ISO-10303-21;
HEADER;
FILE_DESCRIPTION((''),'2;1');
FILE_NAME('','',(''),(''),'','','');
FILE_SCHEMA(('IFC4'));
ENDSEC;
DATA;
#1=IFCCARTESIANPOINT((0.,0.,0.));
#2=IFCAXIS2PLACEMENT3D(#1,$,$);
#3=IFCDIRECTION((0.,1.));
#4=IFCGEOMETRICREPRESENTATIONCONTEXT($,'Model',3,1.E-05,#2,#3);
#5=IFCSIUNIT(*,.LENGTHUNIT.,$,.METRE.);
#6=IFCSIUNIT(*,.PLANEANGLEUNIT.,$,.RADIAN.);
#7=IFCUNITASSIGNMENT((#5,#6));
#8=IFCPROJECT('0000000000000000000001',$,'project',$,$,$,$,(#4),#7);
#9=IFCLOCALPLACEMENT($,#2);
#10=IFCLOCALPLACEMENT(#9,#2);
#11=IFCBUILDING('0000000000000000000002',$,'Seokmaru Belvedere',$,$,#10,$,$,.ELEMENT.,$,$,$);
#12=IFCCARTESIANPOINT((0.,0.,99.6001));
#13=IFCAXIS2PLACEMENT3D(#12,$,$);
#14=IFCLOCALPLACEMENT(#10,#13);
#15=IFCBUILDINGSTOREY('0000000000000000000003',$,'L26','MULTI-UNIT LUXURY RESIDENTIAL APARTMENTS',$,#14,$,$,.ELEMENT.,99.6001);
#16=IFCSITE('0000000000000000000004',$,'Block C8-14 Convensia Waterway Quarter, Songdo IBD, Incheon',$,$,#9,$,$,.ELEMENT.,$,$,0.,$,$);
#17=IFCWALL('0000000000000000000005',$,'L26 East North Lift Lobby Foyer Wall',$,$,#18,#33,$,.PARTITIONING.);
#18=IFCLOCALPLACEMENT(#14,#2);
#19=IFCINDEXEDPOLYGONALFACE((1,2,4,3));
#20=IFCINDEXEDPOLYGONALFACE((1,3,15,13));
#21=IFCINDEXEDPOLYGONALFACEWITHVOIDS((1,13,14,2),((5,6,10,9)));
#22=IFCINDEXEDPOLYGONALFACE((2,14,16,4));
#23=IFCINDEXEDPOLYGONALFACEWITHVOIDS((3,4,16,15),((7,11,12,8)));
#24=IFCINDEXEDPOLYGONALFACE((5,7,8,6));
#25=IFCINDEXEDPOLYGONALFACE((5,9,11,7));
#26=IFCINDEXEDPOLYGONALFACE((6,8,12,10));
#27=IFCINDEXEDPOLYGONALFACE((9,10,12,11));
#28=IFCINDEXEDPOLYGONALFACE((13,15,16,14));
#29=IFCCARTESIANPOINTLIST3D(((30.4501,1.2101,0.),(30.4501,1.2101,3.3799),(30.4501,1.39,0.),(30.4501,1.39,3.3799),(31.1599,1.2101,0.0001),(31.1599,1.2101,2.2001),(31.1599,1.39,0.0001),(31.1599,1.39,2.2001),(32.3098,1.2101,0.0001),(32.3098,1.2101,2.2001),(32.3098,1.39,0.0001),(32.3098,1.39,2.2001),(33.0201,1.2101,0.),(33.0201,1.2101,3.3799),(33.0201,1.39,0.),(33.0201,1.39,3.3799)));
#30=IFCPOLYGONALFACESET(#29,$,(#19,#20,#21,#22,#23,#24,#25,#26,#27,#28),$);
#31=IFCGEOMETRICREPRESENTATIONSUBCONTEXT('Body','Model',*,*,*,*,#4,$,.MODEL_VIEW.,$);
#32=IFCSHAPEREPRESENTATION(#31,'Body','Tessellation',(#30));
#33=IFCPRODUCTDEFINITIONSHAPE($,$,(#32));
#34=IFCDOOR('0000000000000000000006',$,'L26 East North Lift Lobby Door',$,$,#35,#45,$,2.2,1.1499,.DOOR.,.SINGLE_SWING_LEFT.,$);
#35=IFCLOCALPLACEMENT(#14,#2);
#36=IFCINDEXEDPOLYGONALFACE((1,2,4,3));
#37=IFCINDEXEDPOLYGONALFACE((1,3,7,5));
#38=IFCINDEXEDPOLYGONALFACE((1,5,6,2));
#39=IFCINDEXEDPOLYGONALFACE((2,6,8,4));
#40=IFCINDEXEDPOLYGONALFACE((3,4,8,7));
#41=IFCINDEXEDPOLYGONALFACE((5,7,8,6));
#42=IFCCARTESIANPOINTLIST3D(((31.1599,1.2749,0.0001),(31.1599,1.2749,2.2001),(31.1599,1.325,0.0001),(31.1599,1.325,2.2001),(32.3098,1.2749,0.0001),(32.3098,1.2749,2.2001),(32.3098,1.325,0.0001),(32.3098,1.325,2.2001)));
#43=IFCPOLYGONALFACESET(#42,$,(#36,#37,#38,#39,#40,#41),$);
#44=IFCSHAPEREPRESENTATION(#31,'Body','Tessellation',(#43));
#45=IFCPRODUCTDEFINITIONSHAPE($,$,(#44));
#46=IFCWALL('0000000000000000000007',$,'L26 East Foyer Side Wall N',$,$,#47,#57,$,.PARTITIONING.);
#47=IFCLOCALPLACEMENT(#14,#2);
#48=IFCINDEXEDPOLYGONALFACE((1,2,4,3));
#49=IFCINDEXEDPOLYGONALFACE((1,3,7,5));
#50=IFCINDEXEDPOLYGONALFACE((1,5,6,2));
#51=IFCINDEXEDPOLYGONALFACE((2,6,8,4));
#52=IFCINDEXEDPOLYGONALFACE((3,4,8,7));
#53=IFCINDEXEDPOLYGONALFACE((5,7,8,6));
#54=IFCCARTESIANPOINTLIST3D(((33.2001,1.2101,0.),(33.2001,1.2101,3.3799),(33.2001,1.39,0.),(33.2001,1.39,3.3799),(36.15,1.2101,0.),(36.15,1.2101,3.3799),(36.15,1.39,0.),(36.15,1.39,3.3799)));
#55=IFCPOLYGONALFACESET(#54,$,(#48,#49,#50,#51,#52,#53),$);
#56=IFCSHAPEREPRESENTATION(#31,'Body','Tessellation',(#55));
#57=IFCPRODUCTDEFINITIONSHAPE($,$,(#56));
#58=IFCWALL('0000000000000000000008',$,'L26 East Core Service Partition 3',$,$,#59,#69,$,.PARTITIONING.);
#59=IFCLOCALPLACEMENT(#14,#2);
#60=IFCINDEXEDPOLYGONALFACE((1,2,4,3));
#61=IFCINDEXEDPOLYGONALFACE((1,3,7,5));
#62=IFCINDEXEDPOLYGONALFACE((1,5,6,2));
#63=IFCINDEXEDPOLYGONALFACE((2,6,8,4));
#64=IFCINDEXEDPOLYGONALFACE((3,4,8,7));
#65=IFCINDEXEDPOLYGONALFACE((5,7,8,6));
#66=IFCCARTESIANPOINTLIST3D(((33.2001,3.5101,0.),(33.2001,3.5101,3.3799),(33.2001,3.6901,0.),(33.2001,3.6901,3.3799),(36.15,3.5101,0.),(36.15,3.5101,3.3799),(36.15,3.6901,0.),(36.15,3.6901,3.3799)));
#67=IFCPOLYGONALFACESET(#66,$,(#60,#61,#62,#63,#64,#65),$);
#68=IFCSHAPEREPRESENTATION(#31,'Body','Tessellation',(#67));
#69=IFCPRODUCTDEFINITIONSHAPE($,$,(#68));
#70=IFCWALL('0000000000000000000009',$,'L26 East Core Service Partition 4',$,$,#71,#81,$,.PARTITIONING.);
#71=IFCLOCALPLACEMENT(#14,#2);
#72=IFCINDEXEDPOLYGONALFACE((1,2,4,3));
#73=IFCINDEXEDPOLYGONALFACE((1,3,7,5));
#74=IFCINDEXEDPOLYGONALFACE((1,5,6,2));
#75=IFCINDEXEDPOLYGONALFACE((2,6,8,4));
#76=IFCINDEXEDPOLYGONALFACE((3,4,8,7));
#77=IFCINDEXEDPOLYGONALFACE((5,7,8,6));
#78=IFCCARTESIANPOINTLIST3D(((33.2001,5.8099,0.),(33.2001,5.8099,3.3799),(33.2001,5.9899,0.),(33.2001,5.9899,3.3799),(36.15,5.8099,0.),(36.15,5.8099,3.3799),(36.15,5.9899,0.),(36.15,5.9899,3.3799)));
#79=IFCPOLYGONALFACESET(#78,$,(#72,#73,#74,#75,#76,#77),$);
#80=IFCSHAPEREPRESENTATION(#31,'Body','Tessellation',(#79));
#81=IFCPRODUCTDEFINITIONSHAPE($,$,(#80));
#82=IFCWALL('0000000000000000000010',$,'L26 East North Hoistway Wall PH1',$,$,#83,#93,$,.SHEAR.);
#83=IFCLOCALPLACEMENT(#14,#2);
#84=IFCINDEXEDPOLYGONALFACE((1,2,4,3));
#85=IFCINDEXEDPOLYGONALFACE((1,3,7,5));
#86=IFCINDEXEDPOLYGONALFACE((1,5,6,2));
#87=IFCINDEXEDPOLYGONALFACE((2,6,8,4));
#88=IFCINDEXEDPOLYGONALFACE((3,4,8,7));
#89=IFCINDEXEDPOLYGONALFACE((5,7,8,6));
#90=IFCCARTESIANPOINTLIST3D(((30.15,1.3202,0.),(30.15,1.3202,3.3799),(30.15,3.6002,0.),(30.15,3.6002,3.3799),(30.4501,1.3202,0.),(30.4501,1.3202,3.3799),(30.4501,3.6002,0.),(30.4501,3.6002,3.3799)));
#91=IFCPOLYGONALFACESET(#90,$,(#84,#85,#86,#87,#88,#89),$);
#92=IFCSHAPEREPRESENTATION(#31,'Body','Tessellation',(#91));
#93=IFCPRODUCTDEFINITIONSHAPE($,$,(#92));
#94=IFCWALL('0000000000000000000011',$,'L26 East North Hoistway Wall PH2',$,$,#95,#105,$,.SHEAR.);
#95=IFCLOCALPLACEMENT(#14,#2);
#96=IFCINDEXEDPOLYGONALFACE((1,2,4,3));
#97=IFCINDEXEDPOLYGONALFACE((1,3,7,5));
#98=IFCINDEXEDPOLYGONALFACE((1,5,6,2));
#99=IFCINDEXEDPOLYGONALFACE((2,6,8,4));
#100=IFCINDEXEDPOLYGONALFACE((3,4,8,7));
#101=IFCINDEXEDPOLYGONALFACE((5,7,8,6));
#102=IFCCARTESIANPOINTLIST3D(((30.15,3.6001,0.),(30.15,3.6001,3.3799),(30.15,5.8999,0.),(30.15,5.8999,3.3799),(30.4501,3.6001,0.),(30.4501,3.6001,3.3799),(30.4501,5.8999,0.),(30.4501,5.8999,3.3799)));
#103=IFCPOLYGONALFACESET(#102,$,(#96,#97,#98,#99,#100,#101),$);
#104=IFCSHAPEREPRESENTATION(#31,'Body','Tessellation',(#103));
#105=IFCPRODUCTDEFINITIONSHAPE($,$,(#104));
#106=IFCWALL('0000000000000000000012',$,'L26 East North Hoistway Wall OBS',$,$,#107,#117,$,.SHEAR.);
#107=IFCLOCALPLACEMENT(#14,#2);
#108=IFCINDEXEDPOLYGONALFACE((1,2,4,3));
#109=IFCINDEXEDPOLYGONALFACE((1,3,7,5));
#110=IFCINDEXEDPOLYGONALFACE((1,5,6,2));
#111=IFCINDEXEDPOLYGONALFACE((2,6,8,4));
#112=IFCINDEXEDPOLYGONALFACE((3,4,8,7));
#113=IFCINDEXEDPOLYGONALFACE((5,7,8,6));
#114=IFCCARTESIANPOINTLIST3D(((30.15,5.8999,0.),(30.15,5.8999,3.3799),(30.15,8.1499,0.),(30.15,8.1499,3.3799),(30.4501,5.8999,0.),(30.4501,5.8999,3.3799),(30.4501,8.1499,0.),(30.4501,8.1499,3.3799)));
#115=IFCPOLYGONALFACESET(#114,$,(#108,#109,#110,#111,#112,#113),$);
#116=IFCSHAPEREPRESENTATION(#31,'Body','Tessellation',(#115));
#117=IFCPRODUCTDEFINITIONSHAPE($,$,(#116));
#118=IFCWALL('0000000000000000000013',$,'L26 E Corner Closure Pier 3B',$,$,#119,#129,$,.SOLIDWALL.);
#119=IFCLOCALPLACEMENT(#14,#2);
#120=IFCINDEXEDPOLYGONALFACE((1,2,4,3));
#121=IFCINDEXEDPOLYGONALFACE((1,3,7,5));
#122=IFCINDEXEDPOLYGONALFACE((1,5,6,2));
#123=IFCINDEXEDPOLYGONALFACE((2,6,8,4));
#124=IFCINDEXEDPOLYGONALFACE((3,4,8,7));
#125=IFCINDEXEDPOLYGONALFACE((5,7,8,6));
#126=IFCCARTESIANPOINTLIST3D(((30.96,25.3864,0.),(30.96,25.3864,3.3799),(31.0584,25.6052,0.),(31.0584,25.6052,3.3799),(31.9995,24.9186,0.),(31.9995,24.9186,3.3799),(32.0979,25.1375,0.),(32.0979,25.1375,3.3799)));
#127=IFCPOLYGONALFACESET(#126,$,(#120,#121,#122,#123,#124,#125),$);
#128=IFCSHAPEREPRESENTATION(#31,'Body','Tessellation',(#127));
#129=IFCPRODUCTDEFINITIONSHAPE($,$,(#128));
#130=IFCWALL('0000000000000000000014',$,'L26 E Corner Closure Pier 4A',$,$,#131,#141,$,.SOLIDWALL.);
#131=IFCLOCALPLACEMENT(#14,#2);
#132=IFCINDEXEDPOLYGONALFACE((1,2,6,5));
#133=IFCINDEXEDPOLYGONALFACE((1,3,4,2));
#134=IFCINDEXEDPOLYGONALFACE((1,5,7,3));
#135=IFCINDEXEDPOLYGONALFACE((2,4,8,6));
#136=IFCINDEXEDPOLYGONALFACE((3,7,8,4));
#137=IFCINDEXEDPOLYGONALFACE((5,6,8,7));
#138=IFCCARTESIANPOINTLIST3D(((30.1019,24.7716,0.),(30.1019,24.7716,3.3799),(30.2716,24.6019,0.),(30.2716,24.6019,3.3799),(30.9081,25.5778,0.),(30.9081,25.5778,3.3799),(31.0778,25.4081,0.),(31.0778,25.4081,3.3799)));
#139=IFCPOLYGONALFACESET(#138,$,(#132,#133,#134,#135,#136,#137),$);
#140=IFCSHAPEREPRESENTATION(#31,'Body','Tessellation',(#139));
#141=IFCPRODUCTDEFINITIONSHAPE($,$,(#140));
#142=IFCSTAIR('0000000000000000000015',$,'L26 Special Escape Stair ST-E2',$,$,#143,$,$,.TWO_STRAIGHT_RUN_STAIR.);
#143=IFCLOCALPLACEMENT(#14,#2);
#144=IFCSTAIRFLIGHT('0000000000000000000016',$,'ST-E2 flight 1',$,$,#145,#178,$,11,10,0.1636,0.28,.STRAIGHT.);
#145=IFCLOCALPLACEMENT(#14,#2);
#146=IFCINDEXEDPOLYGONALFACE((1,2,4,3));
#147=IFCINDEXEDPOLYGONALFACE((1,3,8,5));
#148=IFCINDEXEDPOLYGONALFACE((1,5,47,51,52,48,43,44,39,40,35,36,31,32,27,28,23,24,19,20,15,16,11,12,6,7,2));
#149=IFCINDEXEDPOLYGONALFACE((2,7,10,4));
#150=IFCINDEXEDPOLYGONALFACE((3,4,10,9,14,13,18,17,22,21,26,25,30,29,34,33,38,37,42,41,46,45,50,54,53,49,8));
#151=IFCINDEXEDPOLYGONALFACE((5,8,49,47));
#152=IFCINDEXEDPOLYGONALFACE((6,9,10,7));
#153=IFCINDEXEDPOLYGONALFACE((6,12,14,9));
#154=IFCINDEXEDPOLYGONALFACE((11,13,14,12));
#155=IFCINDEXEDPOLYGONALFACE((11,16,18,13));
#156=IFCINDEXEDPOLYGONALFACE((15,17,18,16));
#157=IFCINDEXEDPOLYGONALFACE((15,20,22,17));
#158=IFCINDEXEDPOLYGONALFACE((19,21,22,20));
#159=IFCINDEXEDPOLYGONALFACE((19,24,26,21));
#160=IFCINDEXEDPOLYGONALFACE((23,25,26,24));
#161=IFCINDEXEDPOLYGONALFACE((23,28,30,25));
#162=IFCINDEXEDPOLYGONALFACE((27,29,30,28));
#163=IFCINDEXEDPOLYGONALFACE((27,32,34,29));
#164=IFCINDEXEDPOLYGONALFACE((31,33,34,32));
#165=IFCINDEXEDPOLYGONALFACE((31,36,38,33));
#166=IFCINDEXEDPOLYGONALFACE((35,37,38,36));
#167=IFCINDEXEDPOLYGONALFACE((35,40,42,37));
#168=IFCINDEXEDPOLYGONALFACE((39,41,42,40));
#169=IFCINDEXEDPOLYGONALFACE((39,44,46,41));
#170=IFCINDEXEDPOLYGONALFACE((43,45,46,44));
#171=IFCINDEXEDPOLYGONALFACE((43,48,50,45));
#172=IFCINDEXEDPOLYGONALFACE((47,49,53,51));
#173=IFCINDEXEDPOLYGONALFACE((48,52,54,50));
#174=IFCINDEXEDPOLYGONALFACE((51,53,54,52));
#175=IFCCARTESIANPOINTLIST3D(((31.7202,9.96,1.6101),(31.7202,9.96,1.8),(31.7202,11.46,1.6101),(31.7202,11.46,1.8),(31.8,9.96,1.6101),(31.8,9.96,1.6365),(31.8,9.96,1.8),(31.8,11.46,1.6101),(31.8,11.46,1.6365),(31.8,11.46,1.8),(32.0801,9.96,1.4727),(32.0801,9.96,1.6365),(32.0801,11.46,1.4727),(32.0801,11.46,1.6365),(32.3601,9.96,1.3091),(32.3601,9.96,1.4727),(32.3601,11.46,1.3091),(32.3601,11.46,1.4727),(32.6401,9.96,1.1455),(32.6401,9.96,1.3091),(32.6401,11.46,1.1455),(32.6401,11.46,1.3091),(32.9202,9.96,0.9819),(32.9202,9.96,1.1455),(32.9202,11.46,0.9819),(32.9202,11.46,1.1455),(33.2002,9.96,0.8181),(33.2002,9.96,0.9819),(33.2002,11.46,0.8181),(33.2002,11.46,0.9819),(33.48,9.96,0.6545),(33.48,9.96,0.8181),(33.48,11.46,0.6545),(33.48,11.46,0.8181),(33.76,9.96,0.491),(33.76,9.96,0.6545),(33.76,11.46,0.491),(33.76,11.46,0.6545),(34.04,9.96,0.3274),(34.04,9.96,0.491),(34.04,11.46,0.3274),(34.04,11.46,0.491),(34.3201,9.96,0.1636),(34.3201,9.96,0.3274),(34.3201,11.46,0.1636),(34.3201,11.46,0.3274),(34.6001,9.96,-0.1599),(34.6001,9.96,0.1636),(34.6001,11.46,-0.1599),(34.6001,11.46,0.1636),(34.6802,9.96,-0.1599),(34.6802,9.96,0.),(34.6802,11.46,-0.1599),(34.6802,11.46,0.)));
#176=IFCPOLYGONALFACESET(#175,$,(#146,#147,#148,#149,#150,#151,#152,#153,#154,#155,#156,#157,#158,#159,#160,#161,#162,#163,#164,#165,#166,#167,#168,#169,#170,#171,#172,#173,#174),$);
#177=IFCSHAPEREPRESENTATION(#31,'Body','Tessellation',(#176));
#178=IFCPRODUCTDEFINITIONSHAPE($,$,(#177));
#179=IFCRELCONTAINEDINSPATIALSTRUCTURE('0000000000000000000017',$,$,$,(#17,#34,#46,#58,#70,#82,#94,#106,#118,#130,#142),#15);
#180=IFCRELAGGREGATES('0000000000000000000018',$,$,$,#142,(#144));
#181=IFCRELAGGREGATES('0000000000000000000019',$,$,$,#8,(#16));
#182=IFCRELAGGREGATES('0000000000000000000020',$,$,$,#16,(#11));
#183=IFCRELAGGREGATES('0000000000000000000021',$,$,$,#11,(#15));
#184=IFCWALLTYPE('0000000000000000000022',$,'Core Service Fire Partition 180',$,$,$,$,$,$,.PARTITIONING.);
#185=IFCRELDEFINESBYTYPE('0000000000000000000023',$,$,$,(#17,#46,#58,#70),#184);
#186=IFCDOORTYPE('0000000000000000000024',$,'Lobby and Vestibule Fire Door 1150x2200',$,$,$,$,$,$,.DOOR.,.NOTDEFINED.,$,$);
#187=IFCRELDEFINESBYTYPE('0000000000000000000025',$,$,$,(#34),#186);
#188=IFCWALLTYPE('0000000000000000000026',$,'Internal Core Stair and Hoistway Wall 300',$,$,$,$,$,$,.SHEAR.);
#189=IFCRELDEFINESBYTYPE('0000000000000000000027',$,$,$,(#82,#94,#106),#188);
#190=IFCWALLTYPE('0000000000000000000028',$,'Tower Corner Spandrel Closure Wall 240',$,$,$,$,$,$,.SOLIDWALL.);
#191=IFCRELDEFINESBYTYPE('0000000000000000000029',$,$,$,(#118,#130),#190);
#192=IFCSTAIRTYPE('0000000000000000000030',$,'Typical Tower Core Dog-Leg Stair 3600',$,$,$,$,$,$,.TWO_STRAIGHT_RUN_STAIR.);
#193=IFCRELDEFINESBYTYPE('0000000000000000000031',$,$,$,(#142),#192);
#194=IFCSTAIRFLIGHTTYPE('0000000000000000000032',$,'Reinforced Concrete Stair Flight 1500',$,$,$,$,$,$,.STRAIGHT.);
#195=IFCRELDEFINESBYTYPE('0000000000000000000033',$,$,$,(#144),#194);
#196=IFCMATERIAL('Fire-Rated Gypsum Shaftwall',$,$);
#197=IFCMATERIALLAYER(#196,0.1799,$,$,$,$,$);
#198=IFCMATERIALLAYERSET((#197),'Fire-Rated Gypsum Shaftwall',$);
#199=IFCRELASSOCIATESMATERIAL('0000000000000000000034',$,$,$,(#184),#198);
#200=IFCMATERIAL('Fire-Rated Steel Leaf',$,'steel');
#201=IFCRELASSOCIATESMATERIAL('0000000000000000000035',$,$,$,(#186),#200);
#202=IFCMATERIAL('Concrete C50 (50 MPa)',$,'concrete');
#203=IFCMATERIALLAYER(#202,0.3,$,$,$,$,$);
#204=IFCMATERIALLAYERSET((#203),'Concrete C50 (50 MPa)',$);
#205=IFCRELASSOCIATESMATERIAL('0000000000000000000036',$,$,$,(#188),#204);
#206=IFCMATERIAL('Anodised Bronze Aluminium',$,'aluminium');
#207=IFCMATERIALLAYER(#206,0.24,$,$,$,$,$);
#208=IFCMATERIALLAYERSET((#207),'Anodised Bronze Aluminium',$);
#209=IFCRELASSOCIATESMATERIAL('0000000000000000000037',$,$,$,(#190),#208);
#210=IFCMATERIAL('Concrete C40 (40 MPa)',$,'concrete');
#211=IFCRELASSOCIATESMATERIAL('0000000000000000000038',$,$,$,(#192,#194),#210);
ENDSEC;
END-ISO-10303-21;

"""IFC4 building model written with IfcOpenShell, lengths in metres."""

from ifc_helpers import new_model, si_unit, direction, frame, frame_2d, origin, place, context, subcontext, project, spatial, polyline, rectangle, outline, extrude, source, transform, mapped, material, layer, layer_set, type_object, type_shapes, element, fill, aggregate, save


model = new_model("IFC4")

# Units and contexts
model_context = context("Model", 3, precision=1e-05, world=origin(), true_north=direction((0.0, 1.0)))
body_context = subcontext(model_context, "Body", "Model", "MODEL_VIEW")
ifc_project = project(units=[si_unit("LENGTHUNIT", "METRE"), si_unit("PLANEANGLEUNIT", "RADIAN")], contexts=[model_context])

# Site, building, storey
site_placement = place(None, origin())
site = spatial("IfcSite", under=ifc_project, at=site_placement, Name="Block C8-14 Convensia Waterway Quarter, Songdo IBD, Incheon", CompositionType="ELEMENT", RefElevation=0.0)
building_placement = place(site_placement, origin())
building = spatial("IfcBuilding", under=site, at=building_placement, Name="Seokmaru Belvedere", CompositionType="ELEMENT")
storey_placement = place(building_placement, frame((0.0, 0.0, 99.6001)))
storey = spatial("IfcBuildingStorey", under=building, at=storey_placement, Name="L26", Description="MULTI-UNIT LUXURY RESIDENTIAL APARTMENTS", CompositionType="ELEMENT", Elevation=99.6001)

# Shared definitions
ifc_material_1 = material(Name="Anodised Bronze Aluminium", Category="aluminium")

# Shared definitions
ifc_material_2 = material(Name="Fire-Rated Gypsum Shaftwall")
ifc_layer_1 = layer(ifc_material_2, 0.1799)
ifc_layer_set_1 = layer_set([ifc_layer_1], Name="Fire-Rated Gypsum Shaftwall")
wall_type_1 = type_object("IfcWallType", Name="Core Service Fire Partition 180", PredefinedType="PARTITIONING", material=ifc_layer_set_1)

# Wall, opening, door
wall_1_placement = place(storey_placement, frame((30.45, 1.3, 0.0), z_axis=(0.0, 0.0, 1.0), x_axis=(1.0, 0.0, 0.0)))
wall_1 = element("IfcWall", 1, at=wall_1_placement, inside=storey, type_object=wall_type_1, Name="L26 East North Lift Lobby Foyer Wall", PredefinedType="PARTITIONING", context=body_context, shape_type="SweptSolid", body=[
    extrude(rectangle(XDim=2.5701, YDim=0.1799, at=frame_2d((1.2852, 0.0))), origin(), (0.0, 0.0, 1.0), 3.3799),
])
opening_1_placement = place(wall_1_placement, frame((0.71, 0.0, 0.0)))
opening_1 = element("IfcOpeningElement", 2, at=opening_1_placement, cuts=wall_1, PredefinedType="OPENING", context=body_context, shape_type="SweptSolid", body=[
    extrude(rectangle(XDim=1.1499, YDim=2.2, at=frame_2d((0.575, 1.1001))), frame((0.0, 0.1001, 0.0), z_axis=(0.0, -1.0, 0.0), x_axis=(1.0, 0.0, 0.0)), (0.0, 0.0, 1.0), 0.2),
])
ifc_material_3 = material(Name="Fire-Rated Steel Leaf", Category="steel")
door_type_1 = type_object("IfcDoorType", Name="Lobby and Vestibule Fire Door 1150x2200", OperationType="NOTDEFINED", PredefinedType="DOOR", material=ifc_material_3)
shared_shape_1 = source(origin(), body_context, "Body", "SweptSolid", [
    extrude(rectangle(XDim=1.1499, YDim=2.2, at=frame_2d((0.575, 1.1001))), frame((0.0, 0.0249, 0.0), z_axis=(0.0, -1.0, 0.0), x_axis=(1.0, 0.0, 0.0)), (0.0, 0.0, 1.0), 0.05),
])
type_shapes(door_type_1, [shared_shape_1])
door_1_placement = place(opening_1_placement, origin())
door_1 = element("IfcDoor", 3, at=door_1_placement, inside=storey, type_object=door_type_1, Name="L26 East North Lift Lobby Door", OperationType="SINGLE_SWING_LEFT", OverallHeight=2.2, OverallWidth=1.1499, PredefinedType="DOOR", context=body_context, shape_type="MappedRepresentation", body=[
    mapped(shared_shape_1, transform((0.0, 0.0, 0.0), scale=1.0)),
])
fill(opening_1, door_1)

# Walls
for number, where, z_axis, x_axis, name in (
    (4, (33.2, 1.3, 0.0), (0.0, 0.0, 1.0), (1.0, 0.0, 0.0), "L26 East Foyer Side Wall N"),
    (5, (33.2, 3.6001, 0.0), (0.0, 0.0, 1.0), (1.0, 0.0, 0.0), "L26 East Core Service Partition 3"),
    (6, (33.2, 5.8999, 0.0), (0.0, 0.0, 1.0), (1.0, 0.0, 0.0), "L26 East Core Service Partition 4"),
):
    element("IfcWall", number, at=place(storey_placement, frame(where, z_axis=z_axis, x_axis=x_axis)), inside=storey, type_object=wall_type_1, Name=name, PredefinedType="PARTITIONING", context=body_context, shape_type="SweptSolid", body=[
        extrude(rectangle(XDim=2.95, YDim=0.1799, at=frame_2d((1.4751, 0.0))), origin(), (0.0, 0.0, 1.0), 3.3799),
    ])
ifc_material_4 = material(Name="Concrete C50 (50 MPa)", Category="concrete")
ifc_layer_2 = layer(ifc_material_4, 0.3)
ifc_layer_set_2 = layer_set([ifc_layer_2], Name="Concrete C50 (50 MPa)")
wall_type_2 = type_object("IfcWallType", Name="Internal Core Stair and Hoistway Wall 300", PredefinedType="SHEAR", material=ifc_layer_set_2)
wall_2_placement = place(storey_placement, frame((30.3, 1.3201, 0.0), z_axis=(0.0, 0.0, 1.0), x_axis=(0.0, 1.0, 0.0)))
element("IfcWall", 7, at=wall_2_placement, inside=storey, type_object=wall_type_2, Name="L26 East North Hoistway Wall PH1", PredefinedType="SHEAR", context=body_context, shape_type="SweptSolid", body=[
    extrude(rectangle(XDim=2.28, YDim=0.3, at=frame_2d((1.1401, 0.0))), origin(), (0.0, 0.0, 1.0), 3.3799),
])
wall_3_placement = place(storey_placement, frame((30.3, 3.6001, 0.0), z_axis=(0.0, 0.0, 1.0), x_axis=(0.0, 1.0, 0.0)))
element("IfcWall", 8, at=wall_3_placement, inside=storey, type_object=wall_type_2, Name="L26 East North Hoistway Wall PH2", PredefinedType="SHEAR", context=body_context, shape_type="SweptSolid", body=[
    extrude(rectangle(XDim=2.2998, YDim=0.3, at=frame_2d((1.1499, 0.0))), origin(), (0.0, 0.0, 1.0), 3.3799),
])
wall_4_placement = place(storey_placement, frame((30.3, 5.8999, 0.0), z_axis=(0.0, 0.0, 1.0), x_axis=(0.0, 1.0, 0.0)))
element("IfcWall", 9, at=wall_4_placement, inside=storey, type_object=wall_type_2, Name="L26 East North Hoistway Wall OBS", PredefinedType="SHEAR", context=body_context, shape_type="SweptSolid", body=[
    extrude(rectangle(XDim=2.25, YDim=0.3, at=frame_2d((1.125, 0.0))), origin(), (0.0, 0.0, 1.0), 3.3799),
])

# Walls
ifc_layer_3 = layer(ifc_material_1, 0.24)
ifc_layer_set_3 = layer_set([ifc_layer_3], Name="Anodised Bronze Aluminium")
wall_type_3 = type_object("IfcWallType", Name="Tower Corner Spandrel Closure Wall 240", PredefinedType="SOLIDWALL", material=ifc_layer_set_3)
wall_5_placement = place(storey_placement, frame((32.0486, 25.0281, 0.0), z_axis=(0.0, 0.0, 1.0), x_axis=(-0.91193, 0.410347, 0.0)))
element("IfcWall", 10, at=wall_5_placement, inside=storey, type_object=wall_type_3, Name="L26 E Corner Closure Pier 3B", PredefinedType="SOLIDWALL", context=body_context, shape_type="SweptSolid", body=[
    extrude(rectangle(XDim=1.1399, YDim=0.24, at=frame_2d((0.5698, 0.0))), origin(), (0.0, 0.0, 1.0), 3.3799),
])
wall_6_placement = place(storey_placement, frame((30.9929, 25.4929, 0.0), z_axis=(0.0, 0.0, 1.0), x_axis=(-0.707107, -0.707107, 0.0)))
element("IfcWall", 11, at=wall_6_placement, inside=storey, type_object=wall_type_3, Name="L26 E Corner Closure Pier 4A", PredefinedType="SOLIDWALL", context=body_context, shape_type="SweptSolid", body=[
    extrude(rectangle(XDim=1.1401, YDim=0.24, at=frame_2d((0.5701, 0.0))), origin(), (0.0, 0.0, 1.0), 3.3799),
])

# Stair, stair flight
ifc_material_5 = material(Name="Concrete C40 (40 MPa)", Category="concrete")
stair_type = type_object("IfcStairType", Name="Typical Tower Core Dog-Leg Stair 3600", PredefinedType="TWO_STRAIGHT_RUN_STAIR", material=ifc_material_5)
stair_placement = place(storey_placement, origin())
stair = element("IfcStair", 12, at=stair_placement, inside=storey, type_object=stair_type, Name="L26 Special Escape Stair ST-E2", PredefinedType="TWO_STRAIGHT_RUN_STAIR")
stair_flight_type = type_object("IfcStairFlightType", Name="Reinforced Concrete Stair Flight 1500", PredefinedType="STRAIGHT", material=ifc_material_5)
stair_flight_1_placement = place(storey_placement, frame((34.6001, 10.71, 0.0), z_axis=(0.0, 0.0, 1.0), x_axis=(-1.0, 0.0, 0.0)))
stair_flight_1 = element("IfcStairFlight", 13, at=stair_flight_1_placement, type_object=stair_flight_type, Name="ST-E2 flight 1", NumberOfRisers=11, NumberOfTreads=10, PredefinedType="STRAIGHT", RiserHeight=0.1636, TreadLength=0.28, context=body_context, shape_type="SweptSolid", body=[
    extrude(outline(polyline([(-0.0801, 0.0), (0.0, 0.1636), (0.28, 0.1636), (0.28, 0.3274), (0.5601, 0.3274), (0.5601, 0.491), (0.8401, 0.491), (0.8401, 0.6545), (1.1201, 0.6545), (1.1201, 0.8181), (1.3999, 0.8181), (1.3999, 0.9819), (1.6799, 0.9819), (1.6799, 1.1455), (1.96, 1.1455), (1.96, 1.3091), (2.24, 1.3091), (2.24, 1.4727), (2.52, 1.4727), (2.52, 1.6365), (2.8, 1.6365), (2.8, 1.8), (2.8799, 1.8), (2.8799, 1.6101), (2.8, 1.6101), (0.0, -0.1599), (-0.0801, -0.1599), (-0.0801, 0.0)])), frame((0.0, 0.75, 0.0), z_axis=(0.0, -1.0, 0.0), x_axis=(1.0, 0.0, 0.0)), (0.0, 0.0, 1.0), 1.5),
])
aggregate(stair, [stair_flight_1])

save(model, "model.ifc")
